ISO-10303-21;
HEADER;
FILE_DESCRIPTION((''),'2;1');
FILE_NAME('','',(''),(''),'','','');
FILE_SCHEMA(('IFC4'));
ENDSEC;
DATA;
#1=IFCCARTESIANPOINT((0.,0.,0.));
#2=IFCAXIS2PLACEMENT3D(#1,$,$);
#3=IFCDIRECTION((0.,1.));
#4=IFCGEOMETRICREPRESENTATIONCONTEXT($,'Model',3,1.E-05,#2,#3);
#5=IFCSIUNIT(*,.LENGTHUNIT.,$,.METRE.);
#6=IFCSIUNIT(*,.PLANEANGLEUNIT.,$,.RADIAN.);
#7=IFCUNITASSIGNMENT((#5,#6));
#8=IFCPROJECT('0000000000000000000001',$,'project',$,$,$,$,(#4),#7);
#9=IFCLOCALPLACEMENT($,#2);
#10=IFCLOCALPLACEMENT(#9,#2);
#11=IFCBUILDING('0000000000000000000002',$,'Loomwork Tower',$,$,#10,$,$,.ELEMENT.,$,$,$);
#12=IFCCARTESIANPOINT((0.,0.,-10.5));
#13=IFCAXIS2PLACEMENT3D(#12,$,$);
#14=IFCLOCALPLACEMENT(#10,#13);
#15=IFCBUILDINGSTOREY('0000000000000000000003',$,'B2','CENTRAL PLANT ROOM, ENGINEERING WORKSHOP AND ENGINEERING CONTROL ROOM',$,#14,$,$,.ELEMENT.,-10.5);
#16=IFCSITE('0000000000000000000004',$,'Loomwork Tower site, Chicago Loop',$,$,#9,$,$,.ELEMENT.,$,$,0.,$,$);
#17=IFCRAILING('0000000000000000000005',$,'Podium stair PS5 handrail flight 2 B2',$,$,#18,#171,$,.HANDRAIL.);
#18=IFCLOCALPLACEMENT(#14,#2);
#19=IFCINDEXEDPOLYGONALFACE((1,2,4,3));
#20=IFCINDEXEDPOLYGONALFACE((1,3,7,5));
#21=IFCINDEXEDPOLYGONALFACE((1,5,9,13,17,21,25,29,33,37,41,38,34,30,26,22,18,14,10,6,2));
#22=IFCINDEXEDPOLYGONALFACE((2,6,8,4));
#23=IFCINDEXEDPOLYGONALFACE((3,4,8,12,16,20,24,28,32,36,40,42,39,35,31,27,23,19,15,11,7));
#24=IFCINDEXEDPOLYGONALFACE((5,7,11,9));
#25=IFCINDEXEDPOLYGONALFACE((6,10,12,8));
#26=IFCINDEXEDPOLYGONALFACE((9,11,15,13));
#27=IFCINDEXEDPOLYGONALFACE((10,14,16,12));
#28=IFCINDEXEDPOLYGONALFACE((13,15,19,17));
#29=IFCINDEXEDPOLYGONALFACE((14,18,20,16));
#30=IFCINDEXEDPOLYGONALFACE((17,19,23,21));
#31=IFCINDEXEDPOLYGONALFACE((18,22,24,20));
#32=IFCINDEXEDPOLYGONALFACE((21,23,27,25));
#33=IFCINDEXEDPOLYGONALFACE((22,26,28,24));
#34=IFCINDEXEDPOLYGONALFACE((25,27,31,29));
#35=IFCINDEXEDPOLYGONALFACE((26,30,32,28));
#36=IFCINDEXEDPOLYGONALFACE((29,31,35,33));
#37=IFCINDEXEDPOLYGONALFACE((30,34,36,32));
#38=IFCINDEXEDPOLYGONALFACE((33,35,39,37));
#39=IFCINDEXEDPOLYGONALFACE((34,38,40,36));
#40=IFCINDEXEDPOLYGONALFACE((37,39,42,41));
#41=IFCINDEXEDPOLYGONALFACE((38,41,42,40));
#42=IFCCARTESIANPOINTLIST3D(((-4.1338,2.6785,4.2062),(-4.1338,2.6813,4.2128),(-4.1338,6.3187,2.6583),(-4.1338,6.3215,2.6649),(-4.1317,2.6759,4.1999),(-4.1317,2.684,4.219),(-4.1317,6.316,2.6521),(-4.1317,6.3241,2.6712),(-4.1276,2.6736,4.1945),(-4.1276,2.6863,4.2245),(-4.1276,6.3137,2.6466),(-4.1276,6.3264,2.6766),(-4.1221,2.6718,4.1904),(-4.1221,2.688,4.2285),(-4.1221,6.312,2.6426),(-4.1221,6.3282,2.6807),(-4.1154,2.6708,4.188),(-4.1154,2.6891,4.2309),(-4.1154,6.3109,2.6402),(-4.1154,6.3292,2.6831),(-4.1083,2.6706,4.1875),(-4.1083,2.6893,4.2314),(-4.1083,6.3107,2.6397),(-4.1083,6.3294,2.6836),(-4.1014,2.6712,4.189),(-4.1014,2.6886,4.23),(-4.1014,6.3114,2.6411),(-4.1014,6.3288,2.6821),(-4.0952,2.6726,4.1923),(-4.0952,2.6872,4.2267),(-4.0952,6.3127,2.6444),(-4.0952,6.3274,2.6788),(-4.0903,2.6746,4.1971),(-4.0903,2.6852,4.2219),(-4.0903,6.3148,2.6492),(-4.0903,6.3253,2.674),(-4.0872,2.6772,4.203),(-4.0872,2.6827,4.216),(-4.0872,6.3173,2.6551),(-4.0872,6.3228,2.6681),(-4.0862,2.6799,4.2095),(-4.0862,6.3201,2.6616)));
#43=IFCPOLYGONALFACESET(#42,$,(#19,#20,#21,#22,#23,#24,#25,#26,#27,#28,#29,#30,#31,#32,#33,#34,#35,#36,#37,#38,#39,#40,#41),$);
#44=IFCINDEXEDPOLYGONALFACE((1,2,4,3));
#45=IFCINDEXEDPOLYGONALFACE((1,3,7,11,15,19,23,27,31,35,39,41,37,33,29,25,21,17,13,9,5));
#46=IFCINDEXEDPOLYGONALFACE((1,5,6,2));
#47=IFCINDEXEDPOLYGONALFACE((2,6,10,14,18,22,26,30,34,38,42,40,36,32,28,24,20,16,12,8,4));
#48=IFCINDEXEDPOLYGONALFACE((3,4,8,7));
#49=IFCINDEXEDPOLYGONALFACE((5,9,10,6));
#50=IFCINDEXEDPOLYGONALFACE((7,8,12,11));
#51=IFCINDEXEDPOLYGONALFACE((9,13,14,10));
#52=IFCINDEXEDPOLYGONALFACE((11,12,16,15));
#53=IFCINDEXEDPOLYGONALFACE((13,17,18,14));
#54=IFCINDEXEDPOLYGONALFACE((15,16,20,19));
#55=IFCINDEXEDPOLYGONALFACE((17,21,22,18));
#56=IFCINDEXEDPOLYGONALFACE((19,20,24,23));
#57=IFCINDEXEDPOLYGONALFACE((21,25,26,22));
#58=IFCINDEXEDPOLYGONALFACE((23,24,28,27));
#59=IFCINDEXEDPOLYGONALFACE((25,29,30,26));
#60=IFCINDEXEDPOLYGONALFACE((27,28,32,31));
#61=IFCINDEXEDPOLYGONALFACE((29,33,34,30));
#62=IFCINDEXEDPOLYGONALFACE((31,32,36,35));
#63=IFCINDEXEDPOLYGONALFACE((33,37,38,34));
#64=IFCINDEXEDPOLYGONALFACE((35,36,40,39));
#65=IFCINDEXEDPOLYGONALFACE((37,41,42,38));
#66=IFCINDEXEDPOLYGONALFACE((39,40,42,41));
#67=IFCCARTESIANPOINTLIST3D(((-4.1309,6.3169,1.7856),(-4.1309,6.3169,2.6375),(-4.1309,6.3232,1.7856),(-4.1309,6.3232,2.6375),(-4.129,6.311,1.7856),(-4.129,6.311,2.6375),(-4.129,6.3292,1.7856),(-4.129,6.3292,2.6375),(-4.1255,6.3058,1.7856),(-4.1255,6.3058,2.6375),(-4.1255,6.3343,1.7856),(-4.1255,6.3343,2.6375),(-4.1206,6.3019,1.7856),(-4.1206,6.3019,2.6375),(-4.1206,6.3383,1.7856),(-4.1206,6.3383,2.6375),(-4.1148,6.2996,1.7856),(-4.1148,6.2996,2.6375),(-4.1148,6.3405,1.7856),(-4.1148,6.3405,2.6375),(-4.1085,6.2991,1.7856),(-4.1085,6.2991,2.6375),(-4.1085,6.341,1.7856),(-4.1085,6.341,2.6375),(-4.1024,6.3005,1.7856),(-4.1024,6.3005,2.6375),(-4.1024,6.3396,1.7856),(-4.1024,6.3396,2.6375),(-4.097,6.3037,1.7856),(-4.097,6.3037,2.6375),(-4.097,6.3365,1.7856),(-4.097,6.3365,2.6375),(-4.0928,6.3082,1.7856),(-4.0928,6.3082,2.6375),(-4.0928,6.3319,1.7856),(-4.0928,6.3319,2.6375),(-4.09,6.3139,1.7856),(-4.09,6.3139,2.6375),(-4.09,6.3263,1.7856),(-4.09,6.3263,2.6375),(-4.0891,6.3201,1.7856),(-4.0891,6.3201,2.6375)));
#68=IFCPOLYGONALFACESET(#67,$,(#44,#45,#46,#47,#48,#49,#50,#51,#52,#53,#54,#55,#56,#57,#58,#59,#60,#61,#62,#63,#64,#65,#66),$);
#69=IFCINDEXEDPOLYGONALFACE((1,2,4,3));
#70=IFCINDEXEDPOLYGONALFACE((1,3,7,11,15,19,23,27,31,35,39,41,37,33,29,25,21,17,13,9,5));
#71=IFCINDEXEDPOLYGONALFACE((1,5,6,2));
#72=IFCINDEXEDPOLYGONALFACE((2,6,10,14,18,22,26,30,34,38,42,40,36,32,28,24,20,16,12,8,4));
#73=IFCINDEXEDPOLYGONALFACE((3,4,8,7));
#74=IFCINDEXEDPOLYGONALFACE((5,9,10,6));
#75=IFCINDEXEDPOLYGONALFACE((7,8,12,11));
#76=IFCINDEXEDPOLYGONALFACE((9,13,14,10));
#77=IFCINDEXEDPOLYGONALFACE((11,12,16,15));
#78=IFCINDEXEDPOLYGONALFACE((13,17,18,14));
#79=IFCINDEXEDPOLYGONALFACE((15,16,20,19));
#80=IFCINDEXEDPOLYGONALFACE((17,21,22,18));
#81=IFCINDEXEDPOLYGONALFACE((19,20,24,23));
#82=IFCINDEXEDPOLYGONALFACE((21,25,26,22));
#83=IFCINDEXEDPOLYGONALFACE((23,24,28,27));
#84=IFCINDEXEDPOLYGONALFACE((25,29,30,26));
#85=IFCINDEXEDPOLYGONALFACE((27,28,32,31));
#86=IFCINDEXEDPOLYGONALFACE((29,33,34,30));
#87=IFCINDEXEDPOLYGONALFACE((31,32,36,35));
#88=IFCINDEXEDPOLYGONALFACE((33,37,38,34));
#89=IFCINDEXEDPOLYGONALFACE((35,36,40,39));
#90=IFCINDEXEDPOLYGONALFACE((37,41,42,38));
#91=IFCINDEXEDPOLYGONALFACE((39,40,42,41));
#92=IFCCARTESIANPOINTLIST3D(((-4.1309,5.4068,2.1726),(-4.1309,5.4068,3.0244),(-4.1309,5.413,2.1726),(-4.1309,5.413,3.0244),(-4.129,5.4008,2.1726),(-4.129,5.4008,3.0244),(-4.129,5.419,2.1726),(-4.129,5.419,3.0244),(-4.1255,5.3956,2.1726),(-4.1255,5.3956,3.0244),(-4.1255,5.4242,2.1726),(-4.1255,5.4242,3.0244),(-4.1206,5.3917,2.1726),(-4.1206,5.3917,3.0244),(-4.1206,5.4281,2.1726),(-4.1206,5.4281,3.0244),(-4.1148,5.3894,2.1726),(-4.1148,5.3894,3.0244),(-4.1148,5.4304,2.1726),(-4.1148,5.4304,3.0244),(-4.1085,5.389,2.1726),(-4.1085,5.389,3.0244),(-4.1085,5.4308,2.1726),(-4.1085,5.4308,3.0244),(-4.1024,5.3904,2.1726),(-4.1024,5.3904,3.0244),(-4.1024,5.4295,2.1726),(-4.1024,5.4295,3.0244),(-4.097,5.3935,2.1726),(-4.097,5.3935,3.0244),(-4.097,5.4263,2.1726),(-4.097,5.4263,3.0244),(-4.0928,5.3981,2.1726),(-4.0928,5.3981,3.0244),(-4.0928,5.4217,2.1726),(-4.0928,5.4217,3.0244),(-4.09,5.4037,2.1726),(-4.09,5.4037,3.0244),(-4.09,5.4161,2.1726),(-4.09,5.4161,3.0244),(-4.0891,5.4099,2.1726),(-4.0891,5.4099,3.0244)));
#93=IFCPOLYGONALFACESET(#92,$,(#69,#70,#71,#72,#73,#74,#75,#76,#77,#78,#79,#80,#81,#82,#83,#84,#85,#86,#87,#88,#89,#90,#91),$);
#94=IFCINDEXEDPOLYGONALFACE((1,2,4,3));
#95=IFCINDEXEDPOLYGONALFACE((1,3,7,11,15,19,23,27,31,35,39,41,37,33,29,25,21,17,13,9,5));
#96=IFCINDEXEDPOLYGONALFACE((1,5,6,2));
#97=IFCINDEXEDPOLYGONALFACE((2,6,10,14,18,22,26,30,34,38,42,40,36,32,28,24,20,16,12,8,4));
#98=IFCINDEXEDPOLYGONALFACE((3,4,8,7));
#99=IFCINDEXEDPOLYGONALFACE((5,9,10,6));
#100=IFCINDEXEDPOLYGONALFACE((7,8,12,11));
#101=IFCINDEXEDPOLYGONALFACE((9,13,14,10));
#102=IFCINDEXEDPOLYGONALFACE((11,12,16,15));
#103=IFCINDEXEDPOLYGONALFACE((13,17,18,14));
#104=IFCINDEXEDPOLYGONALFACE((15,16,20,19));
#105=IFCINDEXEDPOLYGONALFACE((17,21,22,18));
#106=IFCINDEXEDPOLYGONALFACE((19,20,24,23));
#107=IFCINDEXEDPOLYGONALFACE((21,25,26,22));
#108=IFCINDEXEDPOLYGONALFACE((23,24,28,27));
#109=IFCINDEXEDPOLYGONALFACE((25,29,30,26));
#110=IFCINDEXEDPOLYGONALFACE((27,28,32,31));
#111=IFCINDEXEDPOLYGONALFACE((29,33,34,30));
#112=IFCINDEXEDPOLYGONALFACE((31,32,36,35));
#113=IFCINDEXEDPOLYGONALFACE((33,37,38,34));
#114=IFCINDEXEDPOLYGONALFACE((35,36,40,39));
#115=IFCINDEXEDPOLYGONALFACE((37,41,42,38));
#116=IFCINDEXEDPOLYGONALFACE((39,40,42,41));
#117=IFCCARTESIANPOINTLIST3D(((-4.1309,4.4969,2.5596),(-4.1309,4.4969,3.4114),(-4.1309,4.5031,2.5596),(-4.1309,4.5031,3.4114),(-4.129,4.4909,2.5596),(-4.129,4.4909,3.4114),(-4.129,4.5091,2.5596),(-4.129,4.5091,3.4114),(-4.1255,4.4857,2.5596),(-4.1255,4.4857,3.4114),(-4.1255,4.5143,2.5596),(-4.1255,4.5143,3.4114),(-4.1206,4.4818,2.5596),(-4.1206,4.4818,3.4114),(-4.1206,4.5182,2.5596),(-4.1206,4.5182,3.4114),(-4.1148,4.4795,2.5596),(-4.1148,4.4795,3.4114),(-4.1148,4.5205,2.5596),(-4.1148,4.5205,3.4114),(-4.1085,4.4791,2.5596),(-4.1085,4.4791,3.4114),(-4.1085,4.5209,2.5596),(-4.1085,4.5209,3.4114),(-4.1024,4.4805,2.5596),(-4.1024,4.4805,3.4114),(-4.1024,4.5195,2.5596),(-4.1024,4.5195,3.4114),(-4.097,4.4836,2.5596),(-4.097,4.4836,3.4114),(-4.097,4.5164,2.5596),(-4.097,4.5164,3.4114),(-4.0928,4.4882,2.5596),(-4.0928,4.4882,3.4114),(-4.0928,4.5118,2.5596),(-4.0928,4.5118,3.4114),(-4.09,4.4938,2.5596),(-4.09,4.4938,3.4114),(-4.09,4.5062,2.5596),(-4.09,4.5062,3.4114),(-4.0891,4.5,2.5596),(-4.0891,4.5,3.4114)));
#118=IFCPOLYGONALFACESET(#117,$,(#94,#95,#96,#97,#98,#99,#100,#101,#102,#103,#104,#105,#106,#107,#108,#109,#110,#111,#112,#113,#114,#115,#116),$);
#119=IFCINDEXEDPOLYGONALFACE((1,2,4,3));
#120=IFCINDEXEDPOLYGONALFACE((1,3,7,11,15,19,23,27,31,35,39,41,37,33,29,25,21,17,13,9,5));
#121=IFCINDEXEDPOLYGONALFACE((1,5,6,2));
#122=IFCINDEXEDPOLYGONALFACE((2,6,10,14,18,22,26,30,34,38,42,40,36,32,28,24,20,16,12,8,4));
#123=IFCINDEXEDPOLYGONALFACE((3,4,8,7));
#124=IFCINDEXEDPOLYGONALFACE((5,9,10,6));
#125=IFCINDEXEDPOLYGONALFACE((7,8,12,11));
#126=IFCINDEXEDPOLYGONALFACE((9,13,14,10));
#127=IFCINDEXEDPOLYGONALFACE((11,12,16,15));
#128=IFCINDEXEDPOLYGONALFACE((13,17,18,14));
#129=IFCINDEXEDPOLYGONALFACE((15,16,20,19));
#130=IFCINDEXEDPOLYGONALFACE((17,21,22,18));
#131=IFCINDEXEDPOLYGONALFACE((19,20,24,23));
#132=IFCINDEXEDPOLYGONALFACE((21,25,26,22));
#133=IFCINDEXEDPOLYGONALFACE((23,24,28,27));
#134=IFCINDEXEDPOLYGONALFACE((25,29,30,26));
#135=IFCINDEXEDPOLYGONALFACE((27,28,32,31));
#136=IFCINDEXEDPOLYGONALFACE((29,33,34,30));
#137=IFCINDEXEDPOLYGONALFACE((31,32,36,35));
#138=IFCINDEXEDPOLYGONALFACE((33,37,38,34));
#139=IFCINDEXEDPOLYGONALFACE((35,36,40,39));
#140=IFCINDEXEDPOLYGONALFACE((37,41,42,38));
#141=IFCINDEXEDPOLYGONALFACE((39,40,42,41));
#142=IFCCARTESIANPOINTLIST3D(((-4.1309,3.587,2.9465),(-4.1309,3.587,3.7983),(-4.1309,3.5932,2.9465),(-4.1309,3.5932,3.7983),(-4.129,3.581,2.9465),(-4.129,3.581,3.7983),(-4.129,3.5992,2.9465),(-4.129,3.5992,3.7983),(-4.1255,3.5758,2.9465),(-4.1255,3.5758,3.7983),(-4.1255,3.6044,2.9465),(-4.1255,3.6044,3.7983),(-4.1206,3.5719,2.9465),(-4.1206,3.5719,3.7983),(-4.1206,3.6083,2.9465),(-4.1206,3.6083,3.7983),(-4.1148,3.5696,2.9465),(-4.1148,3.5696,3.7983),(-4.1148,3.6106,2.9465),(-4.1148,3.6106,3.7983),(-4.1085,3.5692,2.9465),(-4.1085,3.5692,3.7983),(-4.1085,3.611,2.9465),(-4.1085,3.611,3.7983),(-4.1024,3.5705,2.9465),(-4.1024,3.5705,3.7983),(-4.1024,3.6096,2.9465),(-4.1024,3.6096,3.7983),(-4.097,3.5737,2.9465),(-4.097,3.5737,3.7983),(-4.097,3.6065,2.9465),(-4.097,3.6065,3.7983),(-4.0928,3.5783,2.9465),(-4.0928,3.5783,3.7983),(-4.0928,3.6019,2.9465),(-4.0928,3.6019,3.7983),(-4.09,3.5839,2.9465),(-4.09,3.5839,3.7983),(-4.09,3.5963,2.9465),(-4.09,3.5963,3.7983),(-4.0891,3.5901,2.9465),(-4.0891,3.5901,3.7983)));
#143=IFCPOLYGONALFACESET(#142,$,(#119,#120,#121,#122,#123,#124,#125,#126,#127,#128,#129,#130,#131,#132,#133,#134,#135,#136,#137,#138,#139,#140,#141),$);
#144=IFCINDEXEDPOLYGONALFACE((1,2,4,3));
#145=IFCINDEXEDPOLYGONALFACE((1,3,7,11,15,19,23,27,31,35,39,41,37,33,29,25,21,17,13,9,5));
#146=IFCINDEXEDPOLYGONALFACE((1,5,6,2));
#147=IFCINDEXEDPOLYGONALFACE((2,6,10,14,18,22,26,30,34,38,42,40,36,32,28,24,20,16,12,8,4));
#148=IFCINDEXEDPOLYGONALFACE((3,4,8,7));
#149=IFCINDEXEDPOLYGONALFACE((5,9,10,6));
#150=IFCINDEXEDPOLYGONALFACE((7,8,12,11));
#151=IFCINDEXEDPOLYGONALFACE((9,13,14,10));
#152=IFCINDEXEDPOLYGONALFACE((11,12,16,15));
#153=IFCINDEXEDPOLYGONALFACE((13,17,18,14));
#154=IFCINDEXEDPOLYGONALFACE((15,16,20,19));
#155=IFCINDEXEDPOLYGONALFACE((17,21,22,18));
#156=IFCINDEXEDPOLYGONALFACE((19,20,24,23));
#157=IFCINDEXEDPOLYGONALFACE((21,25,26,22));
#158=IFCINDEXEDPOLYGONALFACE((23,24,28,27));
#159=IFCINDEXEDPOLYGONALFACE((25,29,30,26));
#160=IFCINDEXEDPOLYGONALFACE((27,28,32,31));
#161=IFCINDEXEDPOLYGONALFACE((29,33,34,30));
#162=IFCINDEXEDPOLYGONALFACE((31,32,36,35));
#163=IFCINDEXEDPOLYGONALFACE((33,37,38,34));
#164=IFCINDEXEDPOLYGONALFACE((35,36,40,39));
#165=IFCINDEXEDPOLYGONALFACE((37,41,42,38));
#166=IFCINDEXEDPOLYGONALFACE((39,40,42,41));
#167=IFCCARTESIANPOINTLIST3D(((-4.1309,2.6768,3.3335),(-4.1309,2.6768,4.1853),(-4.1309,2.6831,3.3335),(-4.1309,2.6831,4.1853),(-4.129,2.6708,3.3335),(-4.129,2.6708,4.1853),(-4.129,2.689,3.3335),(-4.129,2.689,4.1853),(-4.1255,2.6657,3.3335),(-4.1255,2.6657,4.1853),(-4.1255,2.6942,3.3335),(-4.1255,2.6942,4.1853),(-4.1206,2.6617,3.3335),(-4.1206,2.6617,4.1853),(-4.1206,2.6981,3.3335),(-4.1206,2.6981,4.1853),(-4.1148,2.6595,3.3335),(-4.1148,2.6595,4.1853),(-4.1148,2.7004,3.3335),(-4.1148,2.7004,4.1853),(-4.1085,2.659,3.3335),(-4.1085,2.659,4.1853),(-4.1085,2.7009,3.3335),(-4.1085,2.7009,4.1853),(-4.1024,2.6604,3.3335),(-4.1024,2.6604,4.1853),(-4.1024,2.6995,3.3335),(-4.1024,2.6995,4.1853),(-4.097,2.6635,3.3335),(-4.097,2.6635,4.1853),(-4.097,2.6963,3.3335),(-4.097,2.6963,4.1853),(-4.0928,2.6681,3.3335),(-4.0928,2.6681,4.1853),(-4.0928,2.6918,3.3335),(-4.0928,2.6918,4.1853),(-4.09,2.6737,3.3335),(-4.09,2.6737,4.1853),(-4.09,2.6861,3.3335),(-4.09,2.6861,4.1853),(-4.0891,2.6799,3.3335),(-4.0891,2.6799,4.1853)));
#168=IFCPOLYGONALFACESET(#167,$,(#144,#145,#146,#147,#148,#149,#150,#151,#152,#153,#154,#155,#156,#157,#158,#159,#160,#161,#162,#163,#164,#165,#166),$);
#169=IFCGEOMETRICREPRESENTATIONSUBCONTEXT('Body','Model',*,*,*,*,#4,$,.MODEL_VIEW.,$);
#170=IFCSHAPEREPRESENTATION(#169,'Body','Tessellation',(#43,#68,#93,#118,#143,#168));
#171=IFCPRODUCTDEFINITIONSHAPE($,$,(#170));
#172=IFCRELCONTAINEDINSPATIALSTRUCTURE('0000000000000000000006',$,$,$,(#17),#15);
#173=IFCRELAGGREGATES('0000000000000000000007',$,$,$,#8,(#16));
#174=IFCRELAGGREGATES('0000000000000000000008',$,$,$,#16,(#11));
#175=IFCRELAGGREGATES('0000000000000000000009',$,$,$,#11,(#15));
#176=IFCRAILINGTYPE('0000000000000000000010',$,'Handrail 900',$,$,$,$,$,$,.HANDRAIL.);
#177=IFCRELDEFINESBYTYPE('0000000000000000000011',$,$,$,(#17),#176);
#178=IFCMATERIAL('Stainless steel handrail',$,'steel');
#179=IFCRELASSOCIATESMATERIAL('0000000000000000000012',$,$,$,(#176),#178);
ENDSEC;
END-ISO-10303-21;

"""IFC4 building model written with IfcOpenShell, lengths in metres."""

from ifc_helpers import new_model, si_unit, direction, frame, origin, origin_2d, place, context, subcontext, project, spatial, circle, extrude, material, type_object, element, save


model = new_model("IFC4")

# Units and contexts
model_context = context("Model", 3, precision=1e-05, world=origin(), true_north=direction((0.0, 1.0)))
body_context = subcontext(model_context, "Body", "Model", "MODEL_VIEW")
ifc_project = project(units=[si_unit("LENGTHUNIT", "METRE"), si_unit("PLANEANGLEUNIT", "RADIAN")], contexts=[model_context])

# Site, building, storey
site_placement = place(None, origin())
site = spatial("IfcSite", under=ifc_project, at=site_placement, Name="Loomwork Tower site, Chicago Loop", CompositionType="ELEMENT", RefElevation=0.0)
building_placement = place(site_placement, origin())
building = spatial("IfcBuilding", under=site, at=building_placement, Name="Loomwork Tower", CompositionType="ELEMENT")
storey_placement = place(building_placement, frame((0.0, 0.0, -10.5)))
storey = spatial("IfcBuildingStorey", under=building, at=storey_placement, Name="B2", Description="CENTRAL PLANT ROOM, ENGINEERING WORKSHOP AND ENGINEERING CONTROL ROOM", CompositionType="ELEMENT", Elevation=-10.5)

# Railing
ifc_material_1 = material(Name="Stainless steel handrail", Category="steel")
railing_type = type_object("IfcRailingType", Name="Handrail 900", PredefinedType="HANDRAIL", material=ifc_material_1)
railing_placement = place(storey_placement, frame((-4.1101, 6.3201, 1.7856)))
element("IfcRailing", 1, at=railing_placement, inside=storey, type_object=railing_type, Name="Podium stair PS5 handrail flight 2 B2", PredefinedType="HANDRAIL", context=body_context, shape_type="SweptSolid", body=[
    extrude(circle(Radius=0.0239, at=origin_2d()), frame((0.0, 0.0, 0.876), z_axis=(0.0, -0.920259, 0.391311), x_axis=(1.0, 0.0, 0.0)), (0.0, 0.0, 1.0), 3.9556),
    extrude(circle(Radius=0.021, at=origin_2d()), origin(), (0.0, 0.0, 1.0), 0.8518),
    extrude(circle(Radius=0.021, at=origin_2d()), frame((0.0, -0.9102, 0.387)), (0.0, 0.0, 1.0), 0.8518),
    extrude(circle(Radius=0.021, at=origin_2d()), frame((0.0, -1.8201, 0.7739)), (0.0, 0.0, 1.0), 0.8518),
    extrude(circle(Radius=0.021, at=origin_2d()), frame((0.0, -2.73, 1.1609)), (0.0, 0.0, 1.0), 0.8518),
    extrude(circle(Radius=0.021, at=origin_2d()), frame((0.0, -3.6401, 1.5479)), (0.0, 0.0, 1.0), 0.8518),
])

save(model, "model.ifc")
